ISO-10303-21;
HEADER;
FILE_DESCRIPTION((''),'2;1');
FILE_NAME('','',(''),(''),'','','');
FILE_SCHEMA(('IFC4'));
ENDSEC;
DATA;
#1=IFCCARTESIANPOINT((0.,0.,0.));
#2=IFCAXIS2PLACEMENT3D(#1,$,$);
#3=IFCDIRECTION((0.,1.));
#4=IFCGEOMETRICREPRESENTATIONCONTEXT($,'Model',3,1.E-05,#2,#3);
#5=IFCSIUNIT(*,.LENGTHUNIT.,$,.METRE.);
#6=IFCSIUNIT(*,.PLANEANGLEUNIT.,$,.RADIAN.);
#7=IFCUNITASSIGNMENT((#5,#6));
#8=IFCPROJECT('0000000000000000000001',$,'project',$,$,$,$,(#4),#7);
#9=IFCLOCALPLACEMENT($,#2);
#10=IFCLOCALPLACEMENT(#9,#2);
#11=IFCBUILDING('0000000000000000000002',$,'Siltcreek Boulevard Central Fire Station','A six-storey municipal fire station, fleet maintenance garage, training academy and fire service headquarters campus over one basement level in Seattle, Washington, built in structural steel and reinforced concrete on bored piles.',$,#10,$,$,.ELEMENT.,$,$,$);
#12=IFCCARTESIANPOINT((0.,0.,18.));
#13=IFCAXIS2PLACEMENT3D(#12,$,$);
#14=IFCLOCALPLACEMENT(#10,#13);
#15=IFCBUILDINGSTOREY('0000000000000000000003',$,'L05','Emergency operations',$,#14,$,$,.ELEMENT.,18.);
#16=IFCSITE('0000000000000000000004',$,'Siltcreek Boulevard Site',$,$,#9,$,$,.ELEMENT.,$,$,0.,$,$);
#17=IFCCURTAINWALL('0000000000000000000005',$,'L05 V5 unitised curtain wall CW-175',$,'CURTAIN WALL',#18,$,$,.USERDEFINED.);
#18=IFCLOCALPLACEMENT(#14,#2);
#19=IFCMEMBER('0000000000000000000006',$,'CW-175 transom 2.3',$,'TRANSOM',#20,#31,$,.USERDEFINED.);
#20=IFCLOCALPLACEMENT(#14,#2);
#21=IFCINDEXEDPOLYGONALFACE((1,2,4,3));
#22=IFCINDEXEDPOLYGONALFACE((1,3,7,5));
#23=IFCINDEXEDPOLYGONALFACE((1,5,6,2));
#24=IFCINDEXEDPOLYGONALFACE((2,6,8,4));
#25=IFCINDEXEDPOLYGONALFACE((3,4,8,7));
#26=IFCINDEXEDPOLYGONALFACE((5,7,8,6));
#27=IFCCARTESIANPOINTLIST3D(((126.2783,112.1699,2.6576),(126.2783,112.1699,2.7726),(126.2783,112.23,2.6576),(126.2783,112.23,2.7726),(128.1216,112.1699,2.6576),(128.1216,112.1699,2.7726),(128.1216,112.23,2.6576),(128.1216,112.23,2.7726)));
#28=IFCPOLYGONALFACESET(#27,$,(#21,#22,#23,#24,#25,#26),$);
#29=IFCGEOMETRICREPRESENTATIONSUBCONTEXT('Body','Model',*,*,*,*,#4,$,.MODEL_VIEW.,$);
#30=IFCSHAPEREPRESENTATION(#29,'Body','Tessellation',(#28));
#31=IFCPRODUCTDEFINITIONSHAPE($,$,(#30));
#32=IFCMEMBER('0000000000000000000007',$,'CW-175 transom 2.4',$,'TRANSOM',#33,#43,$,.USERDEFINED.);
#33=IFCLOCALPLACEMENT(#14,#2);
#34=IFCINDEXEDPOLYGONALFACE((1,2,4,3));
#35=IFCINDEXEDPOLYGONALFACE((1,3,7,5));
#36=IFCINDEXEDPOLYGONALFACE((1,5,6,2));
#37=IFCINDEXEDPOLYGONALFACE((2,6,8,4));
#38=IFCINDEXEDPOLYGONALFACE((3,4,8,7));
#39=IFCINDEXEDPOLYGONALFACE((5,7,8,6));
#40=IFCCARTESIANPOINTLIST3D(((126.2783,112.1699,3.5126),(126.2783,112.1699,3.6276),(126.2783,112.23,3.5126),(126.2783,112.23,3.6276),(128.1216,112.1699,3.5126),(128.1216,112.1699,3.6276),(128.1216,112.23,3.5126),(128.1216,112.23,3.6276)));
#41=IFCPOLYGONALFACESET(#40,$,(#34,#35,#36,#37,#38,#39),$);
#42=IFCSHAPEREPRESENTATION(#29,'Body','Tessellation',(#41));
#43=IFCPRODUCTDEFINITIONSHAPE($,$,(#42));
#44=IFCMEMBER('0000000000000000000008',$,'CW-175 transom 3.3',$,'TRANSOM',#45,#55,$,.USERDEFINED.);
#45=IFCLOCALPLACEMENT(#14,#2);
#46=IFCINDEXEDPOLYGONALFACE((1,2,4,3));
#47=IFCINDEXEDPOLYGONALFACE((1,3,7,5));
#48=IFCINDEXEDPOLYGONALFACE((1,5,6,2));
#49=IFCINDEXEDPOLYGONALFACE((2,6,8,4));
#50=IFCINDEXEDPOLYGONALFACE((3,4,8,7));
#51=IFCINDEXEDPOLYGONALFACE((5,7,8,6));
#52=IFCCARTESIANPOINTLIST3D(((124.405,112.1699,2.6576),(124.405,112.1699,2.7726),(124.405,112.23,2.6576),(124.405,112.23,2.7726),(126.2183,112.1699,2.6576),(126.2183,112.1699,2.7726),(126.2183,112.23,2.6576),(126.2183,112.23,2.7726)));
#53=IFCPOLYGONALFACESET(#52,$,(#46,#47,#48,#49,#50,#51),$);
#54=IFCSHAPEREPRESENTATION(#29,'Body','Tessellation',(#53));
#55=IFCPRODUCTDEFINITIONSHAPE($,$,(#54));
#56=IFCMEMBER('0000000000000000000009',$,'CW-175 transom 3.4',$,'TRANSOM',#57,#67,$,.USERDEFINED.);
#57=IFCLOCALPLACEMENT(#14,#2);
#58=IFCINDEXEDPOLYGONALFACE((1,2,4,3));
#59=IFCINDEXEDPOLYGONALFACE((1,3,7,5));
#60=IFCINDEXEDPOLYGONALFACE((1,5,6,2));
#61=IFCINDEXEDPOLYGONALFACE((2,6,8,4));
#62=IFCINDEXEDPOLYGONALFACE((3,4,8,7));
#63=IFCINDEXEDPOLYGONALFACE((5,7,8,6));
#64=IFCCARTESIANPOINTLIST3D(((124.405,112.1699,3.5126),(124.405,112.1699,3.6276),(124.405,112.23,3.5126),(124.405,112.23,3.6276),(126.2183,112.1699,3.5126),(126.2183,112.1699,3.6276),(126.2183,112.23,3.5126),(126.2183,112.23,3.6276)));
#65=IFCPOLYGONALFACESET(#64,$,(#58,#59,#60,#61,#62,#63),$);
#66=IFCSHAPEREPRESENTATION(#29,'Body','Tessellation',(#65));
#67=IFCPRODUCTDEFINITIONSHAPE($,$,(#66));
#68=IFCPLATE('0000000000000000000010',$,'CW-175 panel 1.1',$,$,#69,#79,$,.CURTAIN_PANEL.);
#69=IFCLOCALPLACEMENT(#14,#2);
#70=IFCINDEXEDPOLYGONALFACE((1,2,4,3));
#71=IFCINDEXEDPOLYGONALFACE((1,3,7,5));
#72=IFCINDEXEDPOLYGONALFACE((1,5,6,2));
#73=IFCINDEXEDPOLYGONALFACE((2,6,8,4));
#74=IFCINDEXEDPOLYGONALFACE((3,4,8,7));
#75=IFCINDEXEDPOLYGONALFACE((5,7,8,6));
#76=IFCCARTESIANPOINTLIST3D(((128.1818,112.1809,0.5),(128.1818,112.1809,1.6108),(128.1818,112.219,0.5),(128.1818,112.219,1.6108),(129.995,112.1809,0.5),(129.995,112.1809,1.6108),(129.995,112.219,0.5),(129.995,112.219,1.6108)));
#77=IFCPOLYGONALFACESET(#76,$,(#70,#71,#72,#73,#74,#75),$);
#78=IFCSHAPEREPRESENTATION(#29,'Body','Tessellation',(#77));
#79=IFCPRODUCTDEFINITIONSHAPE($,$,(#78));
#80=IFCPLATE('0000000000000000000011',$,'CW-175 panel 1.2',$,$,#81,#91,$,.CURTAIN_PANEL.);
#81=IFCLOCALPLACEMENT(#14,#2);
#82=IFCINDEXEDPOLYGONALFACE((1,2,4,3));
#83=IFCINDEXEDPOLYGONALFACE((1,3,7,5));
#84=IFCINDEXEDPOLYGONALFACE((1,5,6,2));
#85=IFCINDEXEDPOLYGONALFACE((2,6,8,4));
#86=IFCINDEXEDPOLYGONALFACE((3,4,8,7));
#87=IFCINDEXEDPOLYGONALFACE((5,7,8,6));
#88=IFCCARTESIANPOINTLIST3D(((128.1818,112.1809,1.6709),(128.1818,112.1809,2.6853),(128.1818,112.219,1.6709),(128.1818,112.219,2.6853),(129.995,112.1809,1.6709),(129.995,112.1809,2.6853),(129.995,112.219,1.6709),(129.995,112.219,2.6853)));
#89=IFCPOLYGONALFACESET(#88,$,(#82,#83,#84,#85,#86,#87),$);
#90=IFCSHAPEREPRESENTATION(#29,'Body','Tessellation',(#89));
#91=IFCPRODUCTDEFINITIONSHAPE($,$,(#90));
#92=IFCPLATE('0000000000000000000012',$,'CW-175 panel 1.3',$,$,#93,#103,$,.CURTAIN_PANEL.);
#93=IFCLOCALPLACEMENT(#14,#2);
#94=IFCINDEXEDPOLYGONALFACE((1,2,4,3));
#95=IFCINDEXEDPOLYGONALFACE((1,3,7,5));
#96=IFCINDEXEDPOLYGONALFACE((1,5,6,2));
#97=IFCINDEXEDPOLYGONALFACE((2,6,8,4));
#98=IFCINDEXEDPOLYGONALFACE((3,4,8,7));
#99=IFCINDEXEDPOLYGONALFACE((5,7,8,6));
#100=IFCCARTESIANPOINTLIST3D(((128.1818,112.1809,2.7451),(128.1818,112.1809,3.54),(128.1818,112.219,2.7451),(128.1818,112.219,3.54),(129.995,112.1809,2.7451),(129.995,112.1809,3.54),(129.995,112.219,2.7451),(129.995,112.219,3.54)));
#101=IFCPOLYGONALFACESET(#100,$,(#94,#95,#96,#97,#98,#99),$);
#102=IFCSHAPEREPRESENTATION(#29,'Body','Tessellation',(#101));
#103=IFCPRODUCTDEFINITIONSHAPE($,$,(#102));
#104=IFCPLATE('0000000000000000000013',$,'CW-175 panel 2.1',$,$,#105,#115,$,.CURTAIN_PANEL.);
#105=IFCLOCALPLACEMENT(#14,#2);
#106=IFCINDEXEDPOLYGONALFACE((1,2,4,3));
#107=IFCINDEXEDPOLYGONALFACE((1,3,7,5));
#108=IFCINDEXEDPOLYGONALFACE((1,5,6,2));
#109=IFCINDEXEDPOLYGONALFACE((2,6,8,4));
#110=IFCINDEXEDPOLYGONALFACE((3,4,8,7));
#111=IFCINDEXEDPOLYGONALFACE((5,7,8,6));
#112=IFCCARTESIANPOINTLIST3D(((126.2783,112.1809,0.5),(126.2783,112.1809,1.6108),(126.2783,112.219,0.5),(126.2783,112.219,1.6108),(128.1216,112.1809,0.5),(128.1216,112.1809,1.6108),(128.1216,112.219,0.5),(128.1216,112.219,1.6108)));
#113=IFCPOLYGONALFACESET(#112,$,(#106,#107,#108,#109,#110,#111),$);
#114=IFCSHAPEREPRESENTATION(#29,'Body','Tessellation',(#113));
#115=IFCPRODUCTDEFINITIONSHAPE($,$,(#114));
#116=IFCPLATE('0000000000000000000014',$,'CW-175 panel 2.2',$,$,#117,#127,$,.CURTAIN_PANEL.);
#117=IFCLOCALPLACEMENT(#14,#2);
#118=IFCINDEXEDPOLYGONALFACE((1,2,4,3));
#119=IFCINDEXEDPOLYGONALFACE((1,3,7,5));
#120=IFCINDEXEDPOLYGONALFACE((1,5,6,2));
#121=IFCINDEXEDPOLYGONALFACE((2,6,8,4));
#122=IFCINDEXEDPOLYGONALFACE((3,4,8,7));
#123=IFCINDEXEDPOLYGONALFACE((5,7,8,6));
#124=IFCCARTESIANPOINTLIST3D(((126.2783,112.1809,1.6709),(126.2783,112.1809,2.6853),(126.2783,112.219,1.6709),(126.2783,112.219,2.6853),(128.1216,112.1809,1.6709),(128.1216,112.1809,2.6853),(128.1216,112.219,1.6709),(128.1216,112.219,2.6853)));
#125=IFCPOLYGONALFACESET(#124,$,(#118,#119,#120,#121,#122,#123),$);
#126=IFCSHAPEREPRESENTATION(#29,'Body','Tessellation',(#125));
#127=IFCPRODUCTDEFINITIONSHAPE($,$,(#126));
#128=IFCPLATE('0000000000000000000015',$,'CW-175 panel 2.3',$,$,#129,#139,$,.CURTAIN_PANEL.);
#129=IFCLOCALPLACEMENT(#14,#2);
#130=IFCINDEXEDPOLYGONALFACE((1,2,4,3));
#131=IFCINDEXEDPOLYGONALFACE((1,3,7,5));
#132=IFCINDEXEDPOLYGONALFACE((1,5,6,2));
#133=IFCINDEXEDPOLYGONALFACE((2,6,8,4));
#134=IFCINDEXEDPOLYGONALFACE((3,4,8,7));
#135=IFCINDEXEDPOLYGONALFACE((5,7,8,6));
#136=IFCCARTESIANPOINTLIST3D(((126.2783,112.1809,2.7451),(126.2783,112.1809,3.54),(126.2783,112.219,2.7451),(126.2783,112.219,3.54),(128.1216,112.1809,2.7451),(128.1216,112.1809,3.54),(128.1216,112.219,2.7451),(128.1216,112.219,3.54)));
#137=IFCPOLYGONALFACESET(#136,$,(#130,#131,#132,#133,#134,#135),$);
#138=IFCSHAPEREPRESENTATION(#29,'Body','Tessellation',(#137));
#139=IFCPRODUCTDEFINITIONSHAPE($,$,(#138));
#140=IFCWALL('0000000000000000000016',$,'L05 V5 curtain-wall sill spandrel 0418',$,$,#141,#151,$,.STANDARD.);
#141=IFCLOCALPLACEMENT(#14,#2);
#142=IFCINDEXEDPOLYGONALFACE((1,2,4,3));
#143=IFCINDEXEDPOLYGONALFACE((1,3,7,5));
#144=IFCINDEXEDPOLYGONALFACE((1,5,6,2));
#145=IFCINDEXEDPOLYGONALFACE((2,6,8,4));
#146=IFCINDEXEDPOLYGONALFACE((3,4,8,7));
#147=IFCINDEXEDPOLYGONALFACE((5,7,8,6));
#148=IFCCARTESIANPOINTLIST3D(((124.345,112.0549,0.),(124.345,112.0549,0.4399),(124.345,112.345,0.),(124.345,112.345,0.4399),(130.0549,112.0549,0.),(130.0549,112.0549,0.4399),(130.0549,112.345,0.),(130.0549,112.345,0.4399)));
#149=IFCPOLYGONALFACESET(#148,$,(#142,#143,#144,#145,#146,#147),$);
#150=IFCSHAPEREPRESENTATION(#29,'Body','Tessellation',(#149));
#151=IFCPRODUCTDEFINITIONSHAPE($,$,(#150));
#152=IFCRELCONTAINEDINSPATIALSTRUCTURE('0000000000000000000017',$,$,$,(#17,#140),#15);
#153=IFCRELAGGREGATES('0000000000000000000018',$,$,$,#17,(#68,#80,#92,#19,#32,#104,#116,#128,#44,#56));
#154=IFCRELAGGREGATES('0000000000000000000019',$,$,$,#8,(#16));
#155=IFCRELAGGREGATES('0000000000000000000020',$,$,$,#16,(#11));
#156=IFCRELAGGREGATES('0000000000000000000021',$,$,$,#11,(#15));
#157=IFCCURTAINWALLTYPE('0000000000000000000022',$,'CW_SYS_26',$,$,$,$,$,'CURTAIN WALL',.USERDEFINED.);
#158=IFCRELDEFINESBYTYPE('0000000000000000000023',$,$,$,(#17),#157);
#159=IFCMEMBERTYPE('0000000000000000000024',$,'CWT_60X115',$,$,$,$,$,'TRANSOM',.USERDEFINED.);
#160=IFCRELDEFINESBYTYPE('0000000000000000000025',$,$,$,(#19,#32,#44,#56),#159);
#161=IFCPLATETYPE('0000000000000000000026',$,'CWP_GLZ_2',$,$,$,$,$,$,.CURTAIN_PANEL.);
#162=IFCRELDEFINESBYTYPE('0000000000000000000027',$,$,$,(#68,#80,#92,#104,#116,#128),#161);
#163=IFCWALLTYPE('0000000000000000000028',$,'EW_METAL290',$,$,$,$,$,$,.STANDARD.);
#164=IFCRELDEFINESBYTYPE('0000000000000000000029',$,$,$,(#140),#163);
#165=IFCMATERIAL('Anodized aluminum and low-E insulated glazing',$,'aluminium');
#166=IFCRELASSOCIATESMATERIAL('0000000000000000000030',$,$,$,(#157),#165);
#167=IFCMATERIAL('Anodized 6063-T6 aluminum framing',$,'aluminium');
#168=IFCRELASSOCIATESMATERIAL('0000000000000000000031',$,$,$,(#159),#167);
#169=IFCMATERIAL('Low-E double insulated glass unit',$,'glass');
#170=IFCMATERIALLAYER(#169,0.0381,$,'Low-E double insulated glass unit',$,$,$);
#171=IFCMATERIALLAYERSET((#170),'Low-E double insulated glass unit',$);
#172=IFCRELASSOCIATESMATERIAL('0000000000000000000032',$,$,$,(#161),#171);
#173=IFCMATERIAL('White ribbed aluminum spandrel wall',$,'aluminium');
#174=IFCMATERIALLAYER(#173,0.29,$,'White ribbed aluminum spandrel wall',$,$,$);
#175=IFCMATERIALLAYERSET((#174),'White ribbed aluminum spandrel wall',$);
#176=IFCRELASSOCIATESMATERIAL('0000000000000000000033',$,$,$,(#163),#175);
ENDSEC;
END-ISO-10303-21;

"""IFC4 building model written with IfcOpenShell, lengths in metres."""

from ifc_helpers import new_model, si_unit, direction, frame, frame_2d, origin, origin_2d, place, context, subcontext, project, spatial, rectangle, extrude, material, layer, layer_set, material_profile, profile_set, type_object, element, aggregate, save


model = new_model("IFC4")

# Units and contexts
model_context = context("Model", 3, precision=1e-05, world=origin(), true_north=direction((0.0, 1.0)))
body_context = subcontext(model_context, "Body", "Model", "MODEL_VIEW")
ifc_project = project(units=[si_unit("LENGTHUNIT", "METRE"), si_unit("PLANEANGLEUNIT", "RADIAN")], contexts=[model_context])

# Site, building, storey
site_placement = place(None, origin())
site = spatial("IfcSite", under=ifc_project, at=site_placement, Name="Siltcreek Boulevard Site", CompositionType="ELEMENT", RefElevation=0.0)
building_placement = place(site_placement, origin())
building = spatial("IfcBuilding", under=site, at=building_placement, Name="Siltcreek Boulevard Central Fire Station", Description="A six-storey municipal fire station, fleet maintenance garage, training academy and fire service headquarters campus over one basement level in Seattle, Washington, built in structural steel and reinforced concrete on bored piles.", CompositionType="ELEMENT")
storey_placement = place(building_placement, frame((0.0, 0.0, 18.0)))
storey = spatial("IfcBuildingStorey", under=building, at=storey_placement, Name="L05", Description="Emergency operations", CompositionType="ELEMENT", Elevation=18.0)

# Curtain wall
ifc_material_1 = material(Name="Anodized aluminum and low-E insulated glazing", Category="aluminium")
curtain_wall_type_1 = type_object("IfcCurtainWallType", Name="CW_SYS_26", ElementType="CURTAIN WALL", PredefinedType="USERDEFINED", material=ifc_material_1)
curtain_wall_1_placement = place(storey_placement, origin())
curtain_wall_1 = element("IfcCurtainWall", 1, at=curtain_wall_1_placement, inside=storey, type_object=curtain_wall_type_1, Name="L05 V5 unitised curtain wall CW-175", ObjectType="CURTAIN WALL", PredefinedType="USERDEFINED")
ifc_material_2 = material(Name="Anodized 6063-T6 aluminum framing", Category="aluminium")

# Members
ifc_material_profile_1 = material_profile(ifc_material_2, rectangle(XDim=0.0601, YDim=0.115, at=origin_2d()), Name="TRAN60X115")
ifc_profile_set_1 = profile_set([ifc_material_profile_1], Name="Anodized 6063-T6 aluminum framing")
member_type_1 = type_object("IfcMemberType", Name="CWT_60X115", ElementType="TRANSOM", PredefinedType="USERDEFINED", material=ifc_profile_set_1)
member_1_placement = place(storey_placement, frame((128.1216, 112.2, 2.7151), z_axis=(-1.0, 0.0, 0.0), x_axis=(0.0, -1.0, 0.0)))
member_1 = element("IfcMember", 2, at=member_1_placement, type_object=member_type_1, Name="CW-175 transom 2.3", ObjectType="TRANSOM", PredefinedType="USERDEFINED", context=body_context, shape_type="SweptSolid", body=[
    extrude(rectangle(XDim=0.0601, YDim=0.115, at=origin_2d()), origin(), (0.0, 0.0, 1.0), 1.8433),
])
member_2_placement = place(storey_placement, frame((128.1216, 112.2, 3.5701), z_axis=(-1.0, 0.0, 0.0), x_axis=(0.0, -1.0, 0.0)))
member_2 = element("IfcMember", 3, at=member_2_placement, type_object=member_type_1, Name="CW-175 transom 2.4", ObjectType="TRANSOM", PredefinedType="USERDEFINED", context=body_context, shape_type="SweptSolid", body=[
    extrude(rectangle(XDim=0.0601, YDim=0.115, at=origin_2d()), origin(), (0.0, 0.0, 1.0), 1.8433),
])
member_3_placement = place(storey_placement, frame((126.2183, 112.2, 2.7151), z_axis=(-1.0, 0.0, 0.0), x_axis=(0.0, -1.0, 0.0)))
member_3 = element("IfcMember", 4, at=member_3_placement, type_object=member_type_1, Name="CW-175 transom 3.3", ObjectType="TRANSOM", PredefinedType="USERDEFINED", context=body_context, shape_type="SweptSolid", body=[
    extrude(rectangle(XDim=0.0601, YDim=0.115, at=origin_2d()), origin(), (0.0, 0.0, 1.0), 1.8132),
])
member_4_placement = place(storey_placement, frame((126.2183, 112.2, 3.5701), z_axis=(-1.0, 0.0, 0.0), x_axis=(0.0, -1.0, 0.0)))
member_4 = element("IfcMember", 5, at=member_4_placement, type_object=member_type_1, Name="CW-175 transom 3.4", ObjectType="TRANSOM", PredefinedType="USERDEFINED", context=body_context, shape_type="SweptSolid", body=[
    extrude(rectangle(XDim=0.0601, YDim=0.115, at=origin_2d()), origin(), (0.0, 0.0, 1.0), 1.8132),
])

# Plates
ifc_material_3 = material(Name="Low-E double insulated glass unit", Category="glass")
ifc_layer_1 = layer(ifc_material_3, 0.0381, Name="Low-E double insulated glass unit")
ifc_layer_set_1 = layer_set([ifc_layer_1], Name="Low-E double insulated glass unit")
plate_type = type_object("IfcPlateType", Name="CWP_GLZ_2", PredefinedType="CURTAIN_PANEL", material=ifc_layer_set_1)
plate_1_placement = place(storey_placement, frame((129.0884, 112.2, 0.5), z_axis=(0.0, 0.0, 1.0), x_axis=(-1.0, 0.0, 0.0)))
plate_1 = element("IfcPlate", 6, at=plate_1_placement, type_object=plate_type, Name="CW-175 panel 1.1", PredefinedType="CURTAIN_PANEL", context=body_context, shape_type="SweptSolid", body=[
    extrude(rectangle(XDim=1.8132, YDim=0.0381, at=origin_2d()), origin(), (0.0, 0.0, 1.0), 1.1108),
])
plate_2_placement = place(storey_placement, frame((129.0884, 112.2, 1.6709), z_axis=(0.0, 0.0, 1.0), x_axis=(-1.0, 0.0, 0.0)))
plate_2 = element("IfcPlate", 7, at=plate_2_placement, type_object=plate_type, Name="CW-175 panel 1.2", PredefinedType="CURTAIN_PANEL", context=body_context, shape_type="SweptSolid", body=[
    extrude(rectangle(XDim=1.8132, YDim=0.0381, at=origin_2d()), origin(), (0.0, 0.0, 1.0), 1.0144),
])
plate_3_placement = place(storey_placement, frame((129.0884, 112.2, 2.7451), z_axis=(0.0, 0.0, 1.0), x_axis=(-1.0, 0.0, 0.0)))
plate_3 = element("IfcPlate", 8, at=plate_3_placement, type_object=plate_type, Name="CW-175 panel 1.3", PredefinedType="CURTAIN_PANEL", context=body_context, shape_type="SweptSolid", body=[
    extrude(rectangle(XDim=1.8132, YDim=0.0381, at=origin_2d()), origin(), (0.0, 0.0, 1.0), 0.7949),
])
plate_4_placement = place(storey_placement, frame((127.2, 112.2, 0.5), z_axis=(0.0, 0.0, 1.0), x_axis=(-1.0, 0.0, 0.0)))
plate_4 = element("IfcPlate", 9, at=plate_4_placement, type_object=plate_type, Name="CW-175 panel 2.1", PredefinedType="CURTAIN_PANEL", context=body_context, shape_type="SweptSolid", body=[
    extrude(rectangle(XDim=1.8433, YDim=0.0381, at=origin_2d()), origin(), (0.0, 0.0, 1.0), 1.1108),
])
plate_5_placement = place(storey_placement, frame((127.2, 112.2, 1.6709), z_axis=(0.0, 0.0, 1.0), x_axis=(-1.0, 0.0, 0.0)))
plate_5 = element("IfcPlate", 10, at=plate_5_placement, type_object=plate_type, Name="CW-175 panel 2.2", PredefinedType="CURTAIN_PANEL", context=body_context, shape_type="SweptSolid", body=[
    extrude(rectangle(XDim=1.8433, YDim=0.0381, at=origin_2d()), origin(), (0.0, 0.0, 1.0), 1.0144),
])
plate_6_placement = place(storey_placement, frame((127.2, 112.2, 2.7451), z_axis=(0.0, 0.0, 1.0), x_axis=(-1.0, 0.0, 0.0)))
plate_6 = element("IfcPlate", 11, at=plate_6_placement, type_object=plate_type, Name="CW-175 panel 2.3", PredefinedType="CURTAIN_PANEL", context=body_context, shape_type="SweptSolid", body=[
    extrude(rectangle(XDim=1.8433, YDim=0.0381, at=origin_2d()), origin(), (0.0, 0.0, 1.0), 0.7949),
])
aggregate(curtain_wall_1, [plate_1, plate_2, plate_3, member_1, member_2, plate_4, plate_5, plate_6, member_3, member_4])

# Wall
ifc_material_4 = material(Name="White ribbed aluminum spandrel wall", Category="aluminium")
ifc_layer_2 = layer(ifc_material_4, 0.29, Name="White ribbed aluminum spandrel wall")
ifc_layer_set_2 = layer_set([ifc_layer_2], Name="White ribbed aluminum spandrel wall")
wall_type = type_object("IfcWallType", Name="EW_METAL290", PredefinedType="STANDARD", material=ifc_layer_set_2)
wall_placement = place(storey_placement, frame((130.0549, 112.2, 0.0), z_axis=(0.0, 0.0, 1.0), x_axis=(-1.0, 0.0, 0.0)))
element("IfcWall", 12, at=wall_placement, inside=storey, type_object=wall_type, Name="L05 V5 curtain-wall sill spandrel 0418", PredefinedType="STANDARD", context=body_context, shape_type="SweptSolid", body=[
    extrude(rectangle(XDim=5.71, YDim=0.29, at=frame_2d((2.855, 0.0))), origin(), (0.0, 0.0, 1.0), 0.4399),
])

save(model, "model.ifc")
